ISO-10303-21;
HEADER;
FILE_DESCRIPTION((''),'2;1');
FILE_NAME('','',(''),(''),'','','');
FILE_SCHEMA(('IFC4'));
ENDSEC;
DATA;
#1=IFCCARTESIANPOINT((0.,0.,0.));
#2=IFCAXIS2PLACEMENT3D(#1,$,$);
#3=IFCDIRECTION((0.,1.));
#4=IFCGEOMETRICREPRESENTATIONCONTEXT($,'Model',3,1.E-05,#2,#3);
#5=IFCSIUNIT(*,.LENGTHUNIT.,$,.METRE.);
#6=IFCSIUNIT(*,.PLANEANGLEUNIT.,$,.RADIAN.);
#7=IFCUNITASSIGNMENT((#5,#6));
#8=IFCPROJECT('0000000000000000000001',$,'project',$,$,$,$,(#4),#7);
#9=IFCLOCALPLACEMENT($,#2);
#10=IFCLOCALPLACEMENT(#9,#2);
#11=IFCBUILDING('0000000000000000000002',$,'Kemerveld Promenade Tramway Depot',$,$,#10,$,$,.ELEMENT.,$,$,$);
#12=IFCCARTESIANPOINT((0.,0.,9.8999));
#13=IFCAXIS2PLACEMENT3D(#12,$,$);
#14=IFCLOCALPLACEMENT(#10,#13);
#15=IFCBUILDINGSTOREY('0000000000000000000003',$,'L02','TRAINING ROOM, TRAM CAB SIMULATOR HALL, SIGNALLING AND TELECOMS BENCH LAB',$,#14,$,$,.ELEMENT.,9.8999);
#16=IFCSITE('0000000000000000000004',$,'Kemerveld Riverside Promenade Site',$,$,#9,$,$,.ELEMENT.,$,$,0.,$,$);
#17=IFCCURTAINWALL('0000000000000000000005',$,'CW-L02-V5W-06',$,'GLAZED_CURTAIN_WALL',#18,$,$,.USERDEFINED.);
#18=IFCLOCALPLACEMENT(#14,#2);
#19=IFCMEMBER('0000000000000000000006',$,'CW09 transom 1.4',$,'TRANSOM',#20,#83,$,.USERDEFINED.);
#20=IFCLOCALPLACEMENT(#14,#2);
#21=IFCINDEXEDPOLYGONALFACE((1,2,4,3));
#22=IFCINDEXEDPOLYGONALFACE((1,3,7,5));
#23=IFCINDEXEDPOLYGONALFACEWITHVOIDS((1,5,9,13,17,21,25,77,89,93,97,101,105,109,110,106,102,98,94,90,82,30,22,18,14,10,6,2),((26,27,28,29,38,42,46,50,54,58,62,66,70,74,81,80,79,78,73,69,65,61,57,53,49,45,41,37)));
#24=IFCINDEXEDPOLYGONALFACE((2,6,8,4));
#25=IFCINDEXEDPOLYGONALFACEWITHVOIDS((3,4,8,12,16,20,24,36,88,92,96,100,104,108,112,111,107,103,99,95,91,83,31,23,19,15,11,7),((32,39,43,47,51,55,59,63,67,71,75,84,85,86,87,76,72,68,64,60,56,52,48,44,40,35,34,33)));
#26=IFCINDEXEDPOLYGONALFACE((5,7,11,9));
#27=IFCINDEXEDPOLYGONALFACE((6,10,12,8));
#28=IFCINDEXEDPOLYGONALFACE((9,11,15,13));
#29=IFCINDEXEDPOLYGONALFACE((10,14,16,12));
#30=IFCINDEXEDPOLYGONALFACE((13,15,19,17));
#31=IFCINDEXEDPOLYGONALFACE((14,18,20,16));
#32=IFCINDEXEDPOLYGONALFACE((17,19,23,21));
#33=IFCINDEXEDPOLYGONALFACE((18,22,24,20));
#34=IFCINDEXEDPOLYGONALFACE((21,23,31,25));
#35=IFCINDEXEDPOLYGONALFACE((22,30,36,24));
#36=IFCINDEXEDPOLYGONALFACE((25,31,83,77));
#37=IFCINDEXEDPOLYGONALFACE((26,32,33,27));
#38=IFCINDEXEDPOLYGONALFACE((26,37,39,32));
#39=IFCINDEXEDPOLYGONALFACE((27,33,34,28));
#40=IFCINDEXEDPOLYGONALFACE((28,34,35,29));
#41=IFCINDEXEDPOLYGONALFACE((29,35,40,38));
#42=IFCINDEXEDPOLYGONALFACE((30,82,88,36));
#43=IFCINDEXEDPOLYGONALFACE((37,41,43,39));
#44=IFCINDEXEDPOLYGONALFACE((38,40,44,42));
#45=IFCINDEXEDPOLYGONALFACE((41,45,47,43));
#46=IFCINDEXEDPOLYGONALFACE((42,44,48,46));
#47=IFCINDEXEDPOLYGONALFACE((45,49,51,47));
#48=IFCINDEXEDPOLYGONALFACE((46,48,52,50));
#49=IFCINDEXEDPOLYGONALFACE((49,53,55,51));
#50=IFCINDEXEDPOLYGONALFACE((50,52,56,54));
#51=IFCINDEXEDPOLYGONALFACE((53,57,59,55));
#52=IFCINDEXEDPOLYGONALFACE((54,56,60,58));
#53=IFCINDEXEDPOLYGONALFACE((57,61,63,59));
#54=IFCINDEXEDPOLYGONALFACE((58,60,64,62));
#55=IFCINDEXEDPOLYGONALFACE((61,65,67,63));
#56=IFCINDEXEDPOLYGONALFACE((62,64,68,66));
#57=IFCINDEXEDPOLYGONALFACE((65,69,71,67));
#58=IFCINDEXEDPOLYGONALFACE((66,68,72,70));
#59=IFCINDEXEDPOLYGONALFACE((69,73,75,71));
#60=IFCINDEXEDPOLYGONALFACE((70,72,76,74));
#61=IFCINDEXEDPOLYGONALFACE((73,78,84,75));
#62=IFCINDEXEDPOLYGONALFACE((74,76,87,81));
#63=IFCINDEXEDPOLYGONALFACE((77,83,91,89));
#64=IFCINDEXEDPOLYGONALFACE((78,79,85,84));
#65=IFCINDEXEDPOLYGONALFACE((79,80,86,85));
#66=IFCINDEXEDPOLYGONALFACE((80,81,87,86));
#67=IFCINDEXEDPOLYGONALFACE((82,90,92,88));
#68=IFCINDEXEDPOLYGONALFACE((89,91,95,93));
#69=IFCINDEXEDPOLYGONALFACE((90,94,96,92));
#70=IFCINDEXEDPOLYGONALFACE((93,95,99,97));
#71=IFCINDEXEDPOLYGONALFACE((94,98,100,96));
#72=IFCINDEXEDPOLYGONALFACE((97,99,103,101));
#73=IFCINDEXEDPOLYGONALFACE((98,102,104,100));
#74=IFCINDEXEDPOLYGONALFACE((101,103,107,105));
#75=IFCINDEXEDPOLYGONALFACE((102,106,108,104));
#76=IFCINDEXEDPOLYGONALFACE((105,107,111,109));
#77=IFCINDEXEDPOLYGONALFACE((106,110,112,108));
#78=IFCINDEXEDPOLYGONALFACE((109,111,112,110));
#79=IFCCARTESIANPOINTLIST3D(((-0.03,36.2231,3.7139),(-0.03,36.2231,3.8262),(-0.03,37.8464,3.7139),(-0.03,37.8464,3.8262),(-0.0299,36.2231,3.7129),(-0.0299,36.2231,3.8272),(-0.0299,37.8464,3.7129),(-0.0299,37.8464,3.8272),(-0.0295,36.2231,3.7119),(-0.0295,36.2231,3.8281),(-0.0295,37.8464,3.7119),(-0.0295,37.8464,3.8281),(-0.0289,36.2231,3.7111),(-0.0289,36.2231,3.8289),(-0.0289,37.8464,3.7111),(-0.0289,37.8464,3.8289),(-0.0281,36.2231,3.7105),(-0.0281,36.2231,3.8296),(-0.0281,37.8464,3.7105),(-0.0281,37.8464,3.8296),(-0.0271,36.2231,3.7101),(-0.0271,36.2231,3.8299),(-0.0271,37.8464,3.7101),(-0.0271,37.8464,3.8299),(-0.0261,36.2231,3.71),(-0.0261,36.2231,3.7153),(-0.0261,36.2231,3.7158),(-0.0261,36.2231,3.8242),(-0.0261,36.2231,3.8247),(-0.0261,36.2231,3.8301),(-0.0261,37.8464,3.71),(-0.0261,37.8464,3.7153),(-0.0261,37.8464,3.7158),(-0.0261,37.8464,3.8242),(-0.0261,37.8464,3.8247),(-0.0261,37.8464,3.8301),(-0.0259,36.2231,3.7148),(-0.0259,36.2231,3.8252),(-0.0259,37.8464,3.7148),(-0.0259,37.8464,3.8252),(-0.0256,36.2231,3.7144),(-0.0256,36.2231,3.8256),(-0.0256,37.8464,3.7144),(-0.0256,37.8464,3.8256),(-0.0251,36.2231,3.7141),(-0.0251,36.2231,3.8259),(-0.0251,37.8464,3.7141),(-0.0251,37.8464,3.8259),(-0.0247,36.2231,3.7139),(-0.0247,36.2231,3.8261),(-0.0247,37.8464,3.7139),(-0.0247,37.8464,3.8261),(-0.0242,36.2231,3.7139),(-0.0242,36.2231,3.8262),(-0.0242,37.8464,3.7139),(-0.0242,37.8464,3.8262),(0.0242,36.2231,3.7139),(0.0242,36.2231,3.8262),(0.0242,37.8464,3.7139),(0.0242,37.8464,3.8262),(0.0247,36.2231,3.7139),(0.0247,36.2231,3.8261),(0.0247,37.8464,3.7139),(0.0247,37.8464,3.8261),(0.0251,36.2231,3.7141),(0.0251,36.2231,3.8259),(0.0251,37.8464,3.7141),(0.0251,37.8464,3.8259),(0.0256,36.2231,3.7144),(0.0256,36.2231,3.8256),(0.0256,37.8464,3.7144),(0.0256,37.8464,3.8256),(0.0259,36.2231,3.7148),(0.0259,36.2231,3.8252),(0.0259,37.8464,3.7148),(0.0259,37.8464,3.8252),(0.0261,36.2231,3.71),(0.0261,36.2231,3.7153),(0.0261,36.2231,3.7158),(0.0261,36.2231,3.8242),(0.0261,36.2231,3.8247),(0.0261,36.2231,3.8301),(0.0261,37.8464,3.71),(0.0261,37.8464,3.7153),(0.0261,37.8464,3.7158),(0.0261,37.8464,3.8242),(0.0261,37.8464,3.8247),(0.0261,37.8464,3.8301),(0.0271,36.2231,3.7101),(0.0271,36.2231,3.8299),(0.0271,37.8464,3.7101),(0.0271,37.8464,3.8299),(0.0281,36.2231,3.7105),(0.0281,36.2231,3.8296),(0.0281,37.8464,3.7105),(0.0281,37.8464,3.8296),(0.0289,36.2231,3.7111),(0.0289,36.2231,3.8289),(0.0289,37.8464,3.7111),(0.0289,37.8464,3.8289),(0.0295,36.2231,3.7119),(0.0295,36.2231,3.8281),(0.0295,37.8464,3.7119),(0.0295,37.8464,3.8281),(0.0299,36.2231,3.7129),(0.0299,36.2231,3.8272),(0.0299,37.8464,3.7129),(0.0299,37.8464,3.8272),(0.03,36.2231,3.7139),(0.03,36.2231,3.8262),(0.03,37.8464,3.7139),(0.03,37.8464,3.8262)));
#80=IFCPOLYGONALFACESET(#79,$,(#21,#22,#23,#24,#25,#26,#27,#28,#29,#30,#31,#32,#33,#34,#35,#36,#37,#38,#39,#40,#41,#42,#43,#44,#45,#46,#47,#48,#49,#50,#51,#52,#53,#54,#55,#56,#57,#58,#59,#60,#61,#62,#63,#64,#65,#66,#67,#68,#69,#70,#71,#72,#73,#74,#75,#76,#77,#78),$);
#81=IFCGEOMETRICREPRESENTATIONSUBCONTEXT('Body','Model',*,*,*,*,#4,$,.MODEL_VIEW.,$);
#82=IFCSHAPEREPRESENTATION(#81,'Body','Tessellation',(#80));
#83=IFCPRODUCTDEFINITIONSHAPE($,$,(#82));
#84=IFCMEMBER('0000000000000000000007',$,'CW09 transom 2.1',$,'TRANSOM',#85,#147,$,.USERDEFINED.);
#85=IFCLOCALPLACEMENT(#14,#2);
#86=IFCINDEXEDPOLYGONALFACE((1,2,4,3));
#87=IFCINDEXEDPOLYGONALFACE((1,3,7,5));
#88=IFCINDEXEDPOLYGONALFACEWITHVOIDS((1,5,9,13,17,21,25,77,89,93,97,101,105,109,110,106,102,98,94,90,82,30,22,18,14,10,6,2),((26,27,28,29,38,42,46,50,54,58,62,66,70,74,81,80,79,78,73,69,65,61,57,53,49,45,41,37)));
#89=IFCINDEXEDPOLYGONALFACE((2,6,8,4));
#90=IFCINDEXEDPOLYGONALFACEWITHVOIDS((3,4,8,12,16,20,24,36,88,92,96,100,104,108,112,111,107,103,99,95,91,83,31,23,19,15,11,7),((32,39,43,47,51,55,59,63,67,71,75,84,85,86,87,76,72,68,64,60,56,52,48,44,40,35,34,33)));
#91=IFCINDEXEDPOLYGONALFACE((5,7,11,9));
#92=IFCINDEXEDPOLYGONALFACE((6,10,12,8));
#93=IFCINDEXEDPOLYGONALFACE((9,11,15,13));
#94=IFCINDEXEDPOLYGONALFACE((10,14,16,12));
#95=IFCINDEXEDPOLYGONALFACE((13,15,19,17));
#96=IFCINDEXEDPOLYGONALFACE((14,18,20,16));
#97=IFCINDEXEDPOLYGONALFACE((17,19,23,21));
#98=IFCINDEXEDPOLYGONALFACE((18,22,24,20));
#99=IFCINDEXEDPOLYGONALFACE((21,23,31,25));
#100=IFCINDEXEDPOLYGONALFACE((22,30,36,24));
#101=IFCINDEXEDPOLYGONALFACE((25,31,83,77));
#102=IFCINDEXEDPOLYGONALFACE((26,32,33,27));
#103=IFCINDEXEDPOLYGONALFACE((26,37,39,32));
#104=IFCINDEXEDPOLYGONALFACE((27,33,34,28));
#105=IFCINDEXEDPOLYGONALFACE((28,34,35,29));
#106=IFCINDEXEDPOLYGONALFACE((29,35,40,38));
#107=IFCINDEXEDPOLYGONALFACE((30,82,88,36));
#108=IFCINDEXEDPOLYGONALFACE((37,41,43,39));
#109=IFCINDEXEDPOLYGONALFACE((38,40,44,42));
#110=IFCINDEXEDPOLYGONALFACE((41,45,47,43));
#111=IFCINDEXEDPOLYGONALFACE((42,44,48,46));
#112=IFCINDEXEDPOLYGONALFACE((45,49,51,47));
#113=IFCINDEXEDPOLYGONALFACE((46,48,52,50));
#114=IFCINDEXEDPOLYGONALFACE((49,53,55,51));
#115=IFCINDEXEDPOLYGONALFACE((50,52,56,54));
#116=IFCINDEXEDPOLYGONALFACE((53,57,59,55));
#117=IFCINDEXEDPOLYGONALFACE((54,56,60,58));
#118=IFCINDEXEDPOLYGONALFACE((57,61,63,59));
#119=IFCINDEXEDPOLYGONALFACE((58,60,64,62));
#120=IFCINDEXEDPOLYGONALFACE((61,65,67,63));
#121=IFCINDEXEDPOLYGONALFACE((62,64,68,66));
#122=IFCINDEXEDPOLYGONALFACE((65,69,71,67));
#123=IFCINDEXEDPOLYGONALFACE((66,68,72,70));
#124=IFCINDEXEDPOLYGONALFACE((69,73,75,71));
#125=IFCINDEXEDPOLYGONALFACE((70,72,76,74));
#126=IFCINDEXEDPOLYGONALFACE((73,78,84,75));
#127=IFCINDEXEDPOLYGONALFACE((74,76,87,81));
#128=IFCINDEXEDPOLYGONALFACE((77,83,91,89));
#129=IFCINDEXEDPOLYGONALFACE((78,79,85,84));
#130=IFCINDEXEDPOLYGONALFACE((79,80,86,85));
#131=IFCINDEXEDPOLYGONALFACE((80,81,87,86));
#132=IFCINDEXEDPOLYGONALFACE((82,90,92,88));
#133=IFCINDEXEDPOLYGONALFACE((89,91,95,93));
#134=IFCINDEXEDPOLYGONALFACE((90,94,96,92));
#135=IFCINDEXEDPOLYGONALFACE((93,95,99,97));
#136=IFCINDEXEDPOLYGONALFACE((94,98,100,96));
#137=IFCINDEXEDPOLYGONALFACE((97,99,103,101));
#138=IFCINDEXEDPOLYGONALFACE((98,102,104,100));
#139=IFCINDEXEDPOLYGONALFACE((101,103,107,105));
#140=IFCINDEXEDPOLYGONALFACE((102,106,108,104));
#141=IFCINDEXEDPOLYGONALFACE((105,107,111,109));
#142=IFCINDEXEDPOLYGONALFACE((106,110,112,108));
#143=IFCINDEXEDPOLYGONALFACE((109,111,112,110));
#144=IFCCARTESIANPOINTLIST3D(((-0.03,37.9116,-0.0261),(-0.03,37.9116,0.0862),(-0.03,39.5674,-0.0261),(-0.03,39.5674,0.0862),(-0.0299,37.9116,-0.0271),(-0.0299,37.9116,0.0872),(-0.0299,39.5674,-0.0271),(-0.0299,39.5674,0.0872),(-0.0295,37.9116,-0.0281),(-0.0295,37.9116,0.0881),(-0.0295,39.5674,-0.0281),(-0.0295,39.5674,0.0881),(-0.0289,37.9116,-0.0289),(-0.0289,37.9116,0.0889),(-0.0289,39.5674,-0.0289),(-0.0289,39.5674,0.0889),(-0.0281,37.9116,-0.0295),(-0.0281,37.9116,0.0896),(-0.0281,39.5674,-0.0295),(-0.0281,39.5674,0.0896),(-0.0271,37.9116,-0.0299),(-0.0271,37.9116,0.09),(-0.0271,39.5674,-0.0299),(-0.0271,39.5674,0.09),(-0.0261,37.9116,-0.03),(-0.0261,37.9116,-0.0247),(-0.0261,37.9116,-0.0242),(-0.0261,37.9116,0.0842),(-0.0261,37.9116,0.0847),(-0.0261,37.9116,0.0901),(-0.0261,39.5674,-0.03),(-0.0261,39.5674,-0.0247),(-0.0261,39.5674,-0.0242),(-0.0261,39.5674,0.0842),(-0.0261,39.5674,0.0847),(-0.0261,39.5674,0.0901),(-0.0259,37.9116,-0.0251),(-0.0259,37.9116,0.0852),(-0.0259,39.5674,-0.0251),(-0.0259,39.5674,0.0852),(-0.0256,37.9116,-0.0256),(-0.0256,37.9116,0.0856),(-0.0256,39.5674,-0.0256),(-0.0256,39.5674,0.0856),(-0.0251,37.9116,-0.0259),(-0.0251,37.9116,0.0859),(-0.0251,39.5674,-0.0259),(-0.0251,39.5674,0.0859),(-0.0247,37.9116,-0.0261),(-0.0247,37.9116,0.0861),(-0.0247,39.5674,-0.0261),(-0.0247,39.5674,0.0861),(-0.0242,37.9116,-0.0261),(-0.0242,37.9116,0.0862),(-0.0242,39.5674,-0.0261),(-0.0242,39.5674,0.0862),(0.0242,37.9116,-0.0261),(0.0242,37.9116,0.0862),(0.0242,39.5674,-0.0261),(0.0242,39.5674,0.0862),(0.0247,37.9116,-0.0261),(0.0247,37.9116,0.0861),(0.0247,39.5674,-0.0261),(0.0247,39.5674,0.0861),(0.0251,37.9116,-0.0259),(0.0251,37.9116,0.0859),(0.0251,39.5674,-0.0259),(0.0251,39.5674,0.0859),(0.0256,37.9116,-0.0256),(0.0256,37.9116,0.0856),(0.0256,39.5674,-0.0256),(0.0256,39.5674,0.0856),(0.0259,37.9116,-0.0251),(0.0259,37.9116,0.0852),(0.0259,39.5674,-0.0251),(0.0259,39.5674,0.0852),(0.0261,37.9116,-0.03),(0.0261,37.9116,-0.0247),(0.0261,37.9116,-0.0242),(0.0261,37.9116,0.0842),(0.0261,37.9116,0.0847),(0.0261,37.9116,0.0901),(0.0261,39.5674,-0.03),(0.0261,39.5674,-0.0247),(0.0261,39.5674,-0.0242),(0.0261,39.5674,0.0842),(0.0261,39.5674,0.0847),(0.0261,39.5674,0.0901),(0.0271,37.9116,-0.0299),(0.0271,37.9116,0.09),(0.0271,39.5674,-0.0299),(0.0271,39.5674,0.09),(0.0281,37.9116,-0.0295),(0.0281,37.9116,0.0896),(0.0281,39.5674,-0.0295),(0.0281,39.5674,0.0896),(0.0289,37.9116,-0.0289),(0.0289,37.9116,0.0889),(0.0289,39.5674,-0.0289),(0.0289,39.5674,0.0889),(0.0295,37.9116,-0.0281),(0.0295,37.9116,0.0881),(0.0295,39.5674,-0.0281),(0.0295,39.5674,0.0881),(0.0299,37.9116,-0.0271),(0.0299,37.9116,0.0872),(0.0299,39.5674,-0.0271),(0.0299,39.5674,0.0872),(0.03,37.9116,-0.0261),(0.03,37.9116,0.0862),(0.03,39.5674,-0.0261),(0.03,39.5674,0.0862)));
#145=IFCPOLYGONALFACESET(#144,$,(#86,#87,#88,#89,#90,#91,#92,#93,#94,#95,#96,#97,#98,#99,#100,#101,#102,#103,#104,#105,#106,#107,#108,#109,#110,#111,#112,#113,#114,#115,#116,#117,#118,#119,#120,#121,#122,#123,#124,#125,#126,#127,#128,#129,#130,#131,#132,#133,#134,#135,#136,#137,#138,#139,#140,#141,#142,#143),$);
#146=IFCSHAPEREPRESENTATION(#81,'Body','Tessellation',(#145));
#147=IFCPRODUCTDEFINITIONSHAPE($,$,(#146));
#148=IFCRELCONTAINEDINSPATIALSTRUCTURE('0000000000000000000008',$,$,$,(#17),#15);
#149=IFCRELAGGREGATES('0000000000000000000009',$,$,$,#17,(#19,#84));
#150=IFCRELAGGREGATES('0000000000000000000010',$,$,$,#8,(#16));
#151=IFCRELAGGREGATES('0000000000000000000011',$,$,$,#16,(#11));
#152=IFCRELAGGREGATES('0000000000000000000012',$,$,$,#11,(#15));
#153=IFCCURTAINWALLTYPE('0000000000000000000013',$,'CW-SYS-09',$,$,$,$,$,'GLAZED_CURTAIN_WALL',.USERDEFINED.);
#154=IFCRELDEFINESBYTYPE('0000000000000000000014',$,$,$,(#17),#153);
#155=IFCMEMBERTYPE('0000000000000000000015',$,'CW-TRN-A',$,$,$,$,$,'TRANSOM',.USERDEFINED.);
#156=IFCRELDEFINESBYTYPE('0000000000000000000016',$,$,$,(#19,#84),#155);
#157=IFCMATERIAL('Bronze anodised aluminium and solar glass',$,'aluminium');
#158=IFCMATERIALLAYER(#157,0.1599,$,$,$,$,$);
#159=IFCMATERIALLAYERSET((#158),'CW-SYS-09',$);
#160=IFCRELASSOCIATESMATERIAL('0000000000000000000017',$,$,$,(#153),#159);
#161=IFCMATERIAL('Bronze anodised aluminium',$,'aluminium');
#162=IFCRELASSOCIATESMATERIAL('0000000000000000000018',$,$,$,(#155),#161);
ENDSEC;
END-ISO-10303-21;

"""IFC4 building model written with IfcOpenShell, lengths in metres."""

from ifc_helpers import new_model, si_unit, direction, frame, origin, origin_2d, place, context, subcontext, project, spatial, hollow_rectangle, extrude, material, layer, layer_set, material_profile, profile_set, type_object, element, aggregate, save


model = new_model("IFC4")

# Units and contexts
model_context = context("Model", 3, precision=1e-05, world=origin(), true_north=direction((0.0, 1.0)))
body_context = subcontext(model_context, "Body", "Model", "MODEL_VIEW")
ifc_project = project(units=[si_unit("LENGTHUNIT", "METRE"), si_unit("PLANEANGLEUNIT", "RADIAN")], contexts=[model_context])

# Site, building, storey
site_placement = place(None, origin())
site = spatial("IfcSite", under=ifc_project, at=site_placement, Name="Kemerveld Riverside Promenade Site", CompositionType="ELEMENT", RefElevation=0.0)
building_placement = place(site_placement, origin())
building = spatial("IfcBuilding", under=site, at=building_placement, Name="Kemerveld Promenade Tramway Depot", CompositionType="ELEMENT")
storey_placement = place(building_placement, frame((0.0, 0.0, 9.8999)))
storey = spatial("IfcBuildingStorey", under=building, at=storey_placement, Name="L02", Description="TRAINING ROOM, TRAM CAB SIMULATOR HALL, SIGNALLING AND TELECOMS BENCH LAB", CompositionType="ELEMENT", Elevation=9.8999)

# Curtain wall, members
ifc_material_1 = material(Name="Bronze anodised aluminium and solar glass", Category="aluminium")
ifc_layer_1 = layer(ifc_material_1, 0.1599)
ifc_layer_set_1 = layer_set([ifc_layer_1], Name="CW-SYS-09")
curtain_wall_type = type_object("IfcCurtainWallType", Name="CW-SYS-09", ElementType="GLAZED_CURTAIN_WALL", PredefinedType="USERDEFINED", material=ifc_layer_set_1)
curtain_wall_placement = place(storey_placement, origin())
curtain_wall = element("IfcCurtainWall", 1, at=curtain_wall_placement, inside=storey, type_object=curtain_wall_type, Name="CW-L02-V5W-06", ObjectType="GLAZED_CURTAIN_WALL", PredefinedType="USERDEFINED")
ifc_material_2 = material(Name="Bronze anodised aluminium", Category="aluminium")
ifc_material_profile_1 = material_profile(ifc_material_2, hollow_rectangle(XDim=0.0601, YDim=0.1201, WallThickness=0.0039, InnerFilletRadius=0.002, OuterFilletRadius=0.0039, at=origin_2d()), Name="CW-TRN-120x60")
ifc_profile_set_1 = profile_set([ifc_material_profile_1], Name="Bronze anodised aluminium")
member_type_1 = type_object("IfcMemberType", Name="CW-TRN-A", ElementType="TRANSOM", PredefinedType="USERDEFINED", material=ifc_profile_set_1)
member_1_placement = place(storey_placement, frame((0.0, 36.2231, 3.77), z_axis=(0.0, 1.0, 0.0), x_axis=(-1.0, 0.0, 0.0)))
member_1 = element("IfcMember", 2, at=member_1_placement, type_object=member_type_1, Name="CW09 transom 1.4", ObjectType="TRANSOM", PredefinedType="USERDEFINED", context=body_context, shape_type="SweptSolid", body=[
    extrude(hollow_rectangle(XDim=0.0601, YDim=0.1201, WallThickness=0.0039, InnerFilletRadius=0.002, OuterFilletRadius=0.0039, at=origin_2d()), origin(), (0.0, 0.0, 1.0), 1.6233),
])
member_2_placement = place(storey_placement, frame((0.0, 37.9116, 0.03), z_axis=(0.0, 1.0, 0.0), x_axis=(-1.0, 0.0, 0.0)))
member_2 = element("IfcMember", 3, at=member_2_placement, type_object=member_type_1, Name="CW09 transom 2.1", ObjectType="TRANSOM", PredefinedType="USERDEFINED", context=body_context, shape_type="SweptSolid", body=[
    extrude(hollow_rectangle(XDim=0.0601, YDim=0.1201, WallThickness=0.0039, InnerFilletRadius=0.002, OuterFilletRadius=0.0039, at=origin_2d()), origin(), (0.0, 0.0, 1.0), 1.6558),
])
aggregate(curtain_wall, [member_1, member_2])

save(model, "model.ifc")
